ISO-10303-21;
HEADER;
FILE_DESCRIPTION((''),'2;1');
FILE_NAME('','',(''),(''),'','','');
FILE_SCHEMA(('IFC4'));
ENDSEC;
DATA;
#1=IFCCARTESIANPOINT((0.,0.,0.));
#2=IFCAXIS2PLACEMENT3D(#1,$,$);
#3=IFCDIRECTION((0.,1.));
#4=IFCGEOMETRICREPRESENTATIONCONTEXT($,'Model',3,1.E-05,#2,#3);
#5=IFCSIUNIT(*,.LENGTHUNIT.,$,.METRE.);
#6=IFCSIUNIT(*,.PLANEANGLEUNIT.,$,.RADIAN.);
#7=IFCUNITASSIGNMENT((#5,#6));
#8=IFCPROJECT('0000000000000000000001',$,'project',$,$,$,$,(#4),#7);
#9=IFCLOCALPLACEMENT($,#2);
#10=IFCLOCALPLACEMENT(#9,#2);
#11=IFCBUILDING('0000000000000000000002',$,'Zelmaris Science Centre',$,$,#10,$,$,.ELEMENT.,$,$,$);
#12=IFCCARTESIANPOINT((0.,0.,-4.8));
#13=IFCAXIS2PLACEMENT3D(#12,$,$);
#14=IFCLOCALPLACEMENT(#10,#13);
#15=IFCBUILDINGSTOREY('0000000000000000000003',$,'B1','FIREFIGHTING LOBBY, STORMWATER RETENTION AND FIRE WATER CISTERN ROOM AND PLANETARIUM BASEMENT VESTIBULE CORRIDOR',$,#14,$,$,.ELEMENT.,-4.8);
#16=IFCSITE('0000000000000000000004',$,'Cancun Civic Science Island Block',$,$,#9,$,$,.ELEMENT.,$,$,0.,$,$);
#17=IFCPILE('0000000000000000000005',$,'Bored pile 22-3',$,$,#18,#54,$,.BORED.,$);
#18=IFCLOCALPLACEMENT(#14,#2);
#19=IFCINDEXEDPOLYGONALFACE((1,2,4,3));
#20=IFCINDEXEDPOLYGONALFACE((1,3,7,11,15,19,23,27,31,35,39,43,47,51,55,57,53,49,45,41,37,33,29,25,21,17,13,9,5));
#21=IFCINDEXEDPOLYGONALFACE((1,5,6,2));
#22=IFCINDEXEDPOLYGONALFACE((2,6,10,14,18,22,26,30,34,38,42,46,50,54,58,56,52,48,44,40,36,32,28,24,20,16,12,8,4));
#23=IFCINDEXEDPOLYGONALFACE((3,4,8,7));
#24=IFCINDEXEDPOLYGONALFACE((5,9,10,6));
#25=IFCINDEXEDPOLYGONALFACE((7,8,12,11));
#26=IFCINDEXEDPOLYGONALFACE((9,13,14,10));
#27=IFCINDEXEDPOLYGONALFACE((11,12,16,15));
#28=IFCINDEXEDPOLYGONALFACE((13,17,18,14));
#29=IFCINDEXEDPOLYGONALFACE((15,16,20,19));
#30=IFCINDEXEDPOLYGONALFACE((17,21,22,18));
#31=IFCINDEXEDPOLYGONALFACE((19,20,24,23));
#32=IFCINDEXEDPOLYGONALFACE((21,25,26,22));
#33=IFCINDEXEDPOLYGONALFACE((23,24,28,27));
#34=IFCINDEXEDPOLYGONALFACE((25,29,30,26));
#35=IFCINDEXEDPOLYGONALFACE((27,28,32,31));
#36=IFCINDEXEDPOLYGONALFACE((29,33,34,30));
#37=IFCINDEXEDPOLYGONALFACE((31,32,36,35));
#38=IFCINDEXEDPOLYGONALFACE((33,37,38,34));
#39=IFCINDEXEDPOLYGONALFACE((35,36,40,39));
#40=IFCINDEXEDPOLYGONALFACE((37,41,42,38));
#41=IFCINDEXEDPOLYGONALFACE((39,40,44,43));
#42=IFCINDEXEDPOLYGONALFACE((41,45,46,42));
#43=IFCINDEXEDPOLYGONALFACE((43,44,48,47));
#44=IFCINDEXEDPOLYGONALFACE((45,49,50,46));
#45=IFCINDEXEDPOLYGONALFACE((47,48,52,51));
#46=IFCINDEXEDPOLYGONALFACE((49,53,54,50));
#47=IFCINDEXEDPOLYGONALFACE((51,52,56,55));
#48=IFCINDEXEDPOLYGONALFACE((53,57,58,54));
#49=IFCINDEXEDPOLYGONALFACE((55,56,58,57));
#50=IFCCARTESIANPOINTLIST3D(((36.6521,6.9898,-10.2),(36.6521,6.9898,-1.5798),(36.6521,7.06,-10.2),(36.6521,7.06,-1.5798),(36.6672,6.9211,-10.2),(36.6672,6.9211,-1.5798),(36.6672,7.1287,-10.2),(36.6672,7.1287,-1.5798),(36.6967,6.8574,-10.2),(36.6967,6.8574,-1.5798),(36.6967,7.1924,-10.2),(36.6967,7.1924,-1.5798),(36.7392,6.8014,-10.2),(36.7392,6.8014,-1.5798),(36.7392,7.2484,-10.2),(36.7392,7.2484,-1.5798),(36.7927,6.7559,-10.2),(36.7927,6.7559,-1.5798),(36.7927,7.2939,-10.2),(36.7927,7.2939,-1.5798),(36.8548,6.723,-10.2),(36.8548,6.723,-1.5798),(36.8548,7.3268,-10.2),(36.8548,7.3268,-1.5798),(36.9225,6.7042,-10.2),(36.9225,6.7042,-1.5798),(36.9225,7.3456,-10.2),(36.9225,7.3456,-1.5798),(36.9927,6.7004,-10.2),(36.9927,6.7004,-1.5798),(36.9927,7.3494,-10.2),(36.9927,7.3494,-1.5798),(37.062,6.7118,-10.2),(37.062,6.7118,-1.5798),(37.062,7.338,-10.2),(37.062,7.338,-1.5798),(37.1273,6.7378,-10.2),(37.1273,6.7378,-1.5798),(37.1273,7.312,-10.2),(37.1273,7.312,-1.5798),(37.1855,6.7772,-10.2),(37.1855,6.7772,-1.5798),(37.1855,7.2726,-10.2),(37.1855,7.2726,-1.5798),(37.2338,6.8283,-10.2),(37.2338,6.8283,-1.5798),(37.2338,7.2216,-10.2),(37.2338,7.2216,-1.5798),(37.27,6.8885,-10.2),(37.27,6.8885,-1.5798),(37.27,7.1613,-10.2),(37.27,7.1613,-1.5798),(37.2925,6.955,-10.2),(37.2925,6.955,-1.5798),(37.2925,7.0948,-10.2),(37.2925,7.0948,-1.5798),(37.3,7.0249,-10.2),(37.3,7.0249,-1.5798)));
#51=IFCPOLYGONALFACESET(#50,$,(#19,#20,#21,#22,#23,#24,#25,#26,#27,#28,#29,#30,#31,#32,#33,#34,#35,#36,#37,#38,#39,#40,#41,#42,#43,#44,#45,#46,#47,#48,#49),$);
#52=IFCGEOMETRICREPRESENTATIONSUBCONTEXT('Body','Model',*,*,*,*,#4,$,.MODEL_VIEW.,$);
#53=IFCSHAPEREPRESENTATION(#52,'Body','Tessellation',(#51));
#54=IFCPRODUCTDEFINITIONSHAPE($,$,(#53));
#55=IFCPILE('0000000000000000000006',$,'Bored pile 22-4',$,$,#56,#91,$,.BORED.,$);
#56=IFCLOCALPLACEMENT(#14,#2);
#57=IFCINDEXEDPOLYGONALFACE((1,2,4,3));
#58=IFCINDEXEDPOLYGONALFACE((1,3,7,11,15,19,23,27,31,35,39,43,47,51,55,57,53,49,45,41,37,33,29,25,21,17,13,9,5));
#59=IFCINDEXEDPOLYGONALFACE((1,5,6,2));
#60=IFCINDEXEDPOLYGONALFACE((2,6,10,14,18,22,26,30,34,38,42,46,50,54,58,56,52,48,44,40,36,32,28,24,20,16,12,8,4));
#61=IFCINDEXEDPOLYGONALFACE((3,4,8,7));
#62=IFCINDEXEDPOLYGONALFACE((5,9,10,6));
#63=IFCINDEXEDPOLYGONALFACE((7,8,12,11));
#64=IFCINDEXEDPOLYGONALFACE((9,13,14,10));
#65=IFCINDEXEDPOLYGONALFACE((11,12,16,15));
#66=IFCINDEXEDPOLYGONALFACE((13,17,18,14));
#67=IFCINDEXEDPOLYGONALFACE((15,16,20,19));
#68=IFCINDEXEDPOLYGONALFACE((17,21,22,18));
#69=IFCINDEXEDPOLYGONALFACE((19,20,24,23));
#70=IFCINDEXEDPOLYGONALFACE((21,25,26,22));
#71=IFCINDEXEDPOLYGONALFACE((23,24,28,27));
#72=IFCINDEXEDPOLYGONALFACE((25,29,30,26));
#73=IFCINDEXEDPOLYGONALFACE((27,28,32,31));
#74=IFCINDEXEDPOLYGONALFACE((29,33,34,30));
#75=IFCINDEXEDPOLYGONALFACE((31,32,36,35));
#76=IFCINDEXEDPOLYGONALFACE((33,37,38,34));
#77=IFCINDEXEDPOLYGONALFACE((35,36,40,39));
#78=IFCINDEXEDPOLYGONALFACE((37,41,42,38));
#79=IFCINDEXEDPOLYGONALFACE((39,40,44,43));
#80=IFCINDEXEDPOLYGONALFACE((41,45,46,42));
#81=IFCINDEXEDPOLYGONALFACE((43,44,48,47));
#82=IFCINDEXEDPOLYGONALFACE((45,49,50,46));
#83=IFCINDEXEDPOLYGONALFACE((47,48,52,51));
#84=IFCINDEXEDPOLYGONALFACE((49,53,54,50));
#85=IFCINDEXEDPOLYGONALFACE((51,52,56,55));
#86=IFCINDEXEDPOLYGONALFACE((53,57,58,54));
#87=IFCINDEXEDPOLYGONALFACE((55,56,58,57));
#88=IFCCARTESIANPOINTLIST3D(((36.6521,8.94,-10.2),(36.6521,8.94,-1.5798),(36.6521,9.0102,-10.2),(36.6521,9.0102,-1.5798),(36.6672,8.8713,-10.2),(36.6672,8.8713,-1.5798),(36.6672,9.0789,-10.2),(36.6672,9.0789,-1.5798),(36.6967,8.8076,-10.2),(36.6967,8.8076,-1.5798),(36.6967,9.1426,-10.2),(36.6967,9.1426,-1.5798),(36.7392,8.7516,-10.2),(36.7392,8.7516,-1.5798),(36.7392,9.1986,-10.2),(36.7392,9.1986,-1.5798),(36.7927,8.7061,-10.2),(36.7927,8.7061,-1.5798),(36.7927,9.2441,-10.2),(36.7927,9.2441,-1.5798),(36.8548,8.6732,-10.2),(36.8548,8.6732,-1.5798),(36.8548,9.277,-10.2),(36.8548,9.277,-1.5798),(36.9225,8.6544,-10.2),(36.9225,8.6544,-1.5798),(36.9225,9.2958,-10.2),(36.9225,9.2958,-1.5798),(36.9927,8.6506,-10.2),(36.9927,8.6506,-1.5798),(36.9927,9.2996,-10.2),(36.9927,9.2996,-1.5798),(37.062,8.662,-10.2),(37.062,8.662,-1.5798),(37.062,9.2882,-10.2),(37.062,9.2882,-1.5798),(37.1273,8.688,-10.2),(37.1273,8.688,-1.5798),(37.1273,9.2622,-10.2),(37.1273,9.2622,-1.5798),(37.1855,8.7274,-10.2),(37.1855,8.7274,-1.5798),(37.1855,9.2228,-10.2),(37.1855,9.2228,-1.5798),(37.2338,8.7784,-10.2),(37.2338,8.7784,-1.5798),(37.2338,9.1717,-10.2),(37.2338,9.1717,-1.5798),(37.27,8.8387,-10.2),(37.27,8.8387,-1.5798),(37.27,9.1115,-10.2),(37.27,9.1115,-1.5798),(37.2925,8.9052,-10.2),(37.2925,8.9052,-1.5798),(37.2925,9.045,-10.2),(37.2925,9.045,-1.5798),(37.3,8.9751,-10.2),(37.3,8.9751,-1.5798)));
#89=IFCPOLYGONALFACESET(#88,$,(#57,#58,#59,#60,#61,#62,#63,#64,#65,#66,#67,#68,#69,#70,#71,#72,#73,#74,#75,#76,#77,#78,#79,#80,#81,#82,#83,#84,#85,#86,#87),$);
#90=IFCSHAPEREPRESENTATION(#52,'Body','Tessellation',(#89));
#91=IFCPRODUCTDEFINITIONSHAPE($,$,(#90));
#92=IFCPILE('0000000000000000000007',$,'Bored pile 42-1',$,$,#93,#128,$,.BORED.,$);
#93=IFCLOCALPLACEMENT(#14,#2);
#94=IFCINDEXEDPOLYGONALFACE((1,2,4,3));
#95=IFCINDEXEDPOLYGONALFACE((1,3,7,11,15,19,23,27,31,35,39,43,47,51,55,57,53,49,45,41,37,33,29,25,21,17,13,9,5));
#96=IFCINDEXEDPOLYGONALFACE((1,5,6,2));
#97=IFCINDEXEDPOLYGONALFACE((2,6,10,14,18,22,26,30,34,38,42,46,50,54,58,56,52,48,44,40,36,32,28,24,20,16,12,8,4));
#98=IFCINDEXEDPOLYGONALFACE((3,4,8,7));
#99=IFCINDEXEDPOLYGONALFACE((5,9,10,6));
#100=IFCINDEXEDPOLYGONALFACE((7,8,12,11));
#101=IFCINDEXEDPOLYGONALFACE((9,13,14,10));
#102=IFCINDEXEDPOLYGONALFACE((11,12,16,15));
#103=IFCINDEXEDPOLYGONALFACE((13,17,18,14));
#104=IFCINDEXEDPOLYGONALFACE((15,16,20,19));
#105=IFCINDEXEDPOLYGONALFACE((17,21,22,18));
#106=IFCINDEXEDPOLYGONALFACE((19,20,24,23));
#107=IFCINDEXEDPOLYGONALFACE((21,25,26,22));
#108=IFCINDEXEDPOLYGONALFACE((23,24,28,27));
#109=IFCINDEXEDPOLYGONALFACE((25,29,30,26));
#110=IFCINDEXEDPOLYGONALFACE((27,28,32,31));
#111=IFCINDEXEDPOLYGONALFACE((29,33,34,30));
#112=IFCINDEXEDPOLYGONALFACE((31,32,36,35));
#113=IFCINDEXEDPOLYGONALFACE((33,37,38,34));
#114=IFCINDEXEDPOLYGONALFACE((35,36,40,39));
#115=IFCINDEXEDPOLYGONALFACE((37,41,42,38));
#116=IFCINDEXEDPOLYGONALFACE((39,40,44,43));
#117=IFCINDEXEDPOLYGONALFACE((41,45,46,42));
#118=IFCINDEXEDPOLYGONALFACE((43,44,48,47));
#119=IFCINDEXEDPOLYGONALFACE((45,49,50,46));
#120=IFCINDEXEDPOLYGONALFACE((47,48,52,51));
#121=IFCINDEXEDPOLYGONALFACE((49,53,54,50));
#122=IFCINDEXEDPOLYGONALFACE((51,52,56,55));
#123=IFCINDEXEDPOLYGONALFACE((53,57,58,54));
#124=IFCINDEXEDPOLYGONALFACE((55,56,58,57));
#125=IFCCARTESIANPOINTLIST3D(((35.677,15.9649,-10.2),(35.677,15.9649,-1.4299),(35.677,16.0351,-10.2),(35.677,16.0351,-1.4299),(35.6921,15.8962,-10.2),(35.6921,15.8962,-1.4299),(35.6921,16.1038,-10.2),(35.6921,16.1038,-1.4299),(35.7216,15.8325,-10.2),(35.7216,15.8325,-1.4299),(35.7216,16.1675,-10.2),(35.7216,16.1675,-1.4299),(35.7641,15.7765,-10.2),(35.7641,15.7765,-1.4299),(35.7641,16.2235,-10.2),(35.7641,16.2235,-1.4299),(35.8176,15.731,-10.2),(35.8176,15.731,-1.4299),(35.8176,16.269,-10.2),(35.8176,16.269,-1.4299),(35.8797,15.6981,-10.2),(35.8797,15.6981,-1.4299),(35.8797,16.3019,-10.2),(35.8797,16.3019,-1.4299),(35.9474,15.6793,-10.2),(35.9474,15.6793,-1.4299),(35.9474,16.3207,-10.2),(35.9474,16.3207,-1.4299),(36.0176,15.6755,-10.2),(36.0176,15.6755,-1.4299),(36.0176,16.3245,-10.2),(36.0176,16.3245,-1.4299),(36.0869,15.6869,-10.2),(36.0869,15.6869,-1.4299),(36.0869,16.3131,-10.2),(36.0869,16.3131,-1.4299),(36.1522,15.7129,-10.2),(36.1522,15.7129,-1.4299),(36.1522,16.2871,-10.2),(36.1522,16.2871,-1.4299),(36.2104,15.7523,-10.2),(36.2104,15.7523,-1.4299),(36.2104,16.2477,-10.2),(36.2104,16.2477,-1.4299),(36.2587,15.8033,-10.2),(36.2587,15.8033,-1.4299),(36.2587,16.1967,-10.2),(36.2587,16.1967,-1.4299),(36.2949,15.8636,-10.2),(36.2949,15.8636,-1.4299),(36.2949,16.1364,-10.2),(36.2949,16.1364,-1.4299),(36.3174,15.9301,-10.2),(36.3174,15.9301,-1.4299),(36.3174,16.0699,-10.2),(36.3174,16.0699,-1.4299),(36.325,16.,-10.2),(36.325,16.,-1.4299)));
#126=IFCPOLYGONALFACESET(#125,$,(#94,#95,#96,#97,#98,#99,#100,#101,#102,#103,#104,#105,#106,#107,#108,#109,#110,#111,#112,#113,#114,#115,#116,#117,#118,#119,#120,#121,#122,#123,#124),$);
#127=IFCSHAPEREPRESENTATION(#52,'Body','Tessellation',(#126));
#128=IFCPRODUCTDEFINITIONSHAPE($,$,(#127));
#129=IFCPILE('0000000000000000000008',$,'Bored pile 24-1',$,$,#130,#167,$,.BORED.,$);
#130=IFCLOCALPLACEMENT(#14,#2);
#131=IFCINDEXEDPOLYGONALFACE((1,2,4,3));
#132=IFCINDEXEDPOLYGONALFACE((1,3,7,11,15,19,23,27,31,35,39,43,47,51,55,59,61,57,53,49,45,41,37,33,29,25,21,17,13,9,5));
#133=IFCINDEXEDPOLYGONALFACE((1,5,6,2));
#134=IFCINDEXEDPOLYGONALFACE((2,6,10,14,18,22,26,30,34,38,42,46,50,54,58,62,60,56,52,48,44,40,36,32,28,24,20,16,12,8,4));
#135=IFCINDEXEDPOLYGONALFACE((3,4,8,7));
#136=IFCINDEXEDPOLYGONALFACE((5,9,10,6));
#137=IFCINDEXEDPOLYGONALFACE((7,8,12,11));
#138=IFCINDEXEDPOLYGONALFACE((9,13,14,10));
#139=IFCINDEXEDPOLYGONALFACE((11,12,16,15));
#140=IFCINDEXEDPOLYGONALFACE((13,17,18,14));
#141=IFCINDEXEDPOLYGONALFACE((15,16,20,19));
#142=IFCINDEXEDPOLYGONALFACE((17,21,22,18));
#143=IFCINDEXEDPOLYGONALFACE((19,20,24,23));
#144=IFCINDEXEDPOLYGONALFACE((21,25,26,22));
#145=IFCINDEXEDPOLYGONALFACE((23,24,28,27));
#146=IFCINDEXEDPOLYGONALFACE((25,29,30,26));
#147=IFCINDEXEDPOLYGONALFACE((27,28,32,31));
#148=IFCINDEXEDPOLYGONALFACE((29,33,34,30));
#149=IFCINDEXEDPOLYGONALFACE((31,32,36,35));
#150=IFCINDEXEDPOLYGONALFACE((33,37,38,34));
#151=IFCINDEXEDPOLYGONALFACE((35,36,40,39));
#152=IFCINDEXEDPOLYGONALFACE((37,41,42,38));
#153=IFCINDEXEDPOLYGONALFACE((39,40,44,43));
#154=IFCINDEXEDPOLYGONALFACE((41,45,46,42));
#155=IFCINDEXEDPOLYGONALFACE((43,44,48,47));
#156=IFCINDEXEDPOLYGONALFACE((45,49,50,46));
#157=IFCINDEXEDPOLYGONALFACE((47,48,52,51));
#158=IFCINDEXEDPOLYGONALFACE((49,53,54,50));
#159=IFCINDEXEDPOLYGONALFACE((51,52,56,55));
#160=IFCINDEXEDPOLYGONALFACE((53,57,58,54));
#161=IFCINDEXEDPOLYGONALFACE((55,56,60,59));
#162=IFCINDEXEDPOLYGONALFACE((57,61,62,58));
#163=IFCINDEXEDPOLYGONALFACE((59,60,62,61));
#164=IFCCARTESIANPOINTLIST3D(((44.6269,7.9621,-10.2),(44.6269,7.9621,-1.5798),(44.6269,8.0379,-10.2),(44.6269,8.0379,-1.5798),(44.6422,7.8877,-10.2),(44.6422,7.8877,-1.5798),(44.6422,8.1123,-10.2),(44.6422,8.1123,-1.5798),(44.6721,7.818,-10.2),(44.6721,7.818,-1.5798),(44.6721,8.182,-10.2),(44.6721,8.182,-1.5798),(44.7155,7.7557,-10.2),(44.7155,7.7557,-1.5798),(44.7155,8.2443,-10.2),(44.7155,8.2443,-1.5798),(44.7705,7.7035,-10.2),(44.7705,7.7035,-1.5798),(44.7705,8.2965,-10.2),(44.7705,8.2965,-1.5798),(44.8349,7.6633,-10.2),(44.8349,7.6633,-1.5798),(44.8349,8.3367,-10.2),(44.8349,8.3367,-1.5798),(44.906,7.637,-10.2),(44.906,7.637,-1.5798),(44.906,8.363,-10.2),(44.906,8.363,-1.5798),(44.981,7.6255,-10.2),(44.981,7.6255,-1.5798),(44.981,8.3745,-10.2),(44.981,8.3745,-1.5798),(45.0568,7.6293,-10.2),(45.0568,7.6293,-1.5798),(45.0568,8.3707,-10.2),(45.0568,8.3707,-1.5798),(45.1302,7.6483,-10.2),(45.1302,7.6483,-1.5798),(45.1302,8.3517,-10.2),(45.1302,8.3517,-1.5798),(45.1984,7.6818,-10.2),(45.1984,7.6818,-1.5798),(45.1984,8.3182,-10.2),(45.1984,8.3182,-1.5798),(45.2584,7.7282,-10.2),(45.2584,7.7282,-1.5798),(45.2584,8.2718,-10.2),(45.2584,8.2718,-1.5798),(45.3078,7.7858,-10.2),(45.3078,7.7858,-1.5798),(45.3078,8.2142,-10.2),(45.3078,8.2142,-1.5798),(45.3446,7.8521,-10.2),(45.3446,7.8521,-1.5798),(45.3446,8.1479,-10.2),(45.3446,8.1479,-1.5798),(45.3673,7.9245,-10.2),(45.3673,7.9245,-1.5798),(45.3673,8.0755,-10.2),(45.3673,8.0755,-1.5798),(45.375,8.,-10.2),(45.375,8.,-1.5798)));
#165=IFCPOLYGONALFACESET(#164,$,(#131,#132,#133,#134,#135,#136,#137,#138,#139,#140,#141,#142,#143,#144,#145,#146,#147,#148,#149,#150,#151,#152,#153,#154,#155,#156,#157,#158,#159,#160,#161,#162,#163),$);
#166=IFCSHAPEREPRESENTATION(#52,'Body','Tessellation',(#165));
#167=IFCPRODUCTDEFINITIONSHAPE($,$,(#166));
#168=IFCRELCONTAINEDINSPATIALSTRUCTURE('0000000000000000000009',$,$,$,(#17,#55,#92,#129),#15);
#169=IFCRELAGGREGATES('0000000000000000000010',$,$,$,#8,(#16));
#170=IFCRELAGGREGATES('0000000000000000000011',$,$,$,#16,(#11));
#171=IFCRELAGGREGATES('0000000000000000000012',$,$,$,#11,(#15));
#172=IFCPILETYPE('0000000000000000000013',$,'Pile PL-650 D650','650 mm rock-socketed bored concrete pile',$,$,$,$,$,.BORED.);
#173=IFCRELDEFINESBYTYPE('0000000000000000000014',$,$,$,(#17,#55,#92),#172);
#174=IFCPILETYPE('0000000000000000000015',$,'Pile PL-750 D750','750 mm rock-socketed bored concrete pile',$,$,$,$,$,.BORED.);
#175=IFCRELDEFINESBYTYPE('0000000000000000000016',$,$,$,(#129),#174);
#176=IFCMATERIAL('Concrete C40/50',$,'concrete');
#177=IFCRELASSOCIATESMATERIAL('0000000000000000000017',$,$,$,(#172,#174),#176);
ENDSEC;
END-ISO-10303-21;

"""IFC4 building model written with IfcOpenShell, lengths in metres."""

from ifc_helpers import new_model, si_unit, direction, frame, origin, origin_2d, place, context, subcontext, project, spatial, circle, extrude, material, material_profile, profile_set, type_object, element, save


model = new_model("IFC4")

# Units and contexts
model_context = context("Model", 3, precision=1e-05, world=origin(), true_north=direction((0.0, 1.0)))
body_context = subcontext(model_context, "Body", "Model", "MODEL_VIEW")
ifc_project = project(units=[si_unit("LENGTHUNIT", "METRE"), si_unit("PLANEANGLEUNIT", "RADIAN")], contexts=[model_context])

# Site, building, storey
site_placement = place(None, origin())
site = spatial("IfcSite", under=ifc_project, at=site_placement, Name="Cancun Civic Science Island Block", CompositionType="ELEMENT", RefElevation=0.0)
building_placement = place(site_placement, origin())
building = spatial("IfcBuilding", under=site, at=building_placement, Name="Zelmaris Science Centre", CompositionType="ELEMENT")
storey_placement = place(building_placement, frame((0.0, 0.0, -4.8)))
storey = spatial("IfcBuildingStorey", under=building, at=storey_placement, Name="B1", Description="FIREFIGHTING LOBBY, STORMWATER RETENTION AND FIRE WATER CISTERN ROOM AND PLANETARIUM BASEMENT VESTIBULE CORRIDOR", CompositionType="ELEMENT", Elevation=-4.8)

# Shared definitions
ifc_material_1 = material(Name="Concrete C40/50", Category="concrete")

# Piles
ifc_material_profile_1 = material_profile(ifc_material_1, circle(Radius=0.325, at=origin_2d()), Name="PILE-650")
ifc_profile_set_1 = profile_set([ifc_material_profile_1], Name="Concrete C40/50")
pile_type_1 = type_object("IfcPileType", Name="Pile PL-650 D650", Description="650 mm rock-socketed bored concrete pile", PredefinedType="BORED", material=ifc_profile_set_1)
for number, where, z_axis, x_axis, name in (
    (1, (36.9751, 7.0249, -1.5798), (0.0, 0.0, -1.0), (1.0, 0.0, 0.0), "Bored pile 22-3"),
    (2, (36.9751, 8.9751, -1.5798), (0.0, 0.0, -1.0), (1.0, 0.0, 0.0), "Bored pile 22-4"),
):
    element("IfcPile", number, at=place(storey_placement, frame(where, z_axis=z_axis, x_axis=x_axis)), inside=storey, type_object=pile_type_1, Name=name, PredefinedType="BORED", context=body_context, shape_type="SweptSolid", body=[
        extrude(circle(Radius=0.325, at=origin_2d()), origin(), (0.0, 0.0, 1.0), 8.6201),
    ])
pile_1_placement = place(storey_placement, frame((36.0, 16.0, -1.4299), z_axis=(0.0, 0.0, -1.0), x_axis=(1.0, 0.0, 0.0)))
element("IfcPile", 3, at=pile_1_placement, inside=storey, type_object=pile_type_1, Name="Bored pile 42-1", PredefinedType="BORED", context=body_context, shape_type="SweptSolid", body=[
    extrude(circle(Radius=0.325, at=origin_2d()), origin(), (0.0, 0.0, 1.0), 8.77),
])
ifc_material_profile_2 = material_profile(ifc_material_1, circle(Radius=0.375, at=origin_2d()), Name="PILE-750")
ifc_profile_set_2 = profile_set([ifc_material_profile_2], Name="Concrete C40/50")
pile_type_2 = type_object("IfcPileType", Name="Pile PL-750 D750", Description="750 mm rock-socketed bored concrete pile", PredefinedType="BORED", material=ifc_profile_set_2)
pile_2_placement = place(storey_placement, frame((45.0, 8.0, -1.5798), z_axis=(0.0, 0.0, -1.0), x_axis=(1.0, 0.0, 0.0)))
element("IfcPile", 4, at=pile_2_placement, inside=storey, type_object=pile_type_2, Name="Bored pile 24-1", PredefinedType="BORED", context=body_context, shape_type="SweptSolid", body=[
    extrude(circle(Radius=0.375, at=origin_2d()), origin(), (0.0, 0.0, 1.0), 8.6201),
])

save(model, "model.ifc")
